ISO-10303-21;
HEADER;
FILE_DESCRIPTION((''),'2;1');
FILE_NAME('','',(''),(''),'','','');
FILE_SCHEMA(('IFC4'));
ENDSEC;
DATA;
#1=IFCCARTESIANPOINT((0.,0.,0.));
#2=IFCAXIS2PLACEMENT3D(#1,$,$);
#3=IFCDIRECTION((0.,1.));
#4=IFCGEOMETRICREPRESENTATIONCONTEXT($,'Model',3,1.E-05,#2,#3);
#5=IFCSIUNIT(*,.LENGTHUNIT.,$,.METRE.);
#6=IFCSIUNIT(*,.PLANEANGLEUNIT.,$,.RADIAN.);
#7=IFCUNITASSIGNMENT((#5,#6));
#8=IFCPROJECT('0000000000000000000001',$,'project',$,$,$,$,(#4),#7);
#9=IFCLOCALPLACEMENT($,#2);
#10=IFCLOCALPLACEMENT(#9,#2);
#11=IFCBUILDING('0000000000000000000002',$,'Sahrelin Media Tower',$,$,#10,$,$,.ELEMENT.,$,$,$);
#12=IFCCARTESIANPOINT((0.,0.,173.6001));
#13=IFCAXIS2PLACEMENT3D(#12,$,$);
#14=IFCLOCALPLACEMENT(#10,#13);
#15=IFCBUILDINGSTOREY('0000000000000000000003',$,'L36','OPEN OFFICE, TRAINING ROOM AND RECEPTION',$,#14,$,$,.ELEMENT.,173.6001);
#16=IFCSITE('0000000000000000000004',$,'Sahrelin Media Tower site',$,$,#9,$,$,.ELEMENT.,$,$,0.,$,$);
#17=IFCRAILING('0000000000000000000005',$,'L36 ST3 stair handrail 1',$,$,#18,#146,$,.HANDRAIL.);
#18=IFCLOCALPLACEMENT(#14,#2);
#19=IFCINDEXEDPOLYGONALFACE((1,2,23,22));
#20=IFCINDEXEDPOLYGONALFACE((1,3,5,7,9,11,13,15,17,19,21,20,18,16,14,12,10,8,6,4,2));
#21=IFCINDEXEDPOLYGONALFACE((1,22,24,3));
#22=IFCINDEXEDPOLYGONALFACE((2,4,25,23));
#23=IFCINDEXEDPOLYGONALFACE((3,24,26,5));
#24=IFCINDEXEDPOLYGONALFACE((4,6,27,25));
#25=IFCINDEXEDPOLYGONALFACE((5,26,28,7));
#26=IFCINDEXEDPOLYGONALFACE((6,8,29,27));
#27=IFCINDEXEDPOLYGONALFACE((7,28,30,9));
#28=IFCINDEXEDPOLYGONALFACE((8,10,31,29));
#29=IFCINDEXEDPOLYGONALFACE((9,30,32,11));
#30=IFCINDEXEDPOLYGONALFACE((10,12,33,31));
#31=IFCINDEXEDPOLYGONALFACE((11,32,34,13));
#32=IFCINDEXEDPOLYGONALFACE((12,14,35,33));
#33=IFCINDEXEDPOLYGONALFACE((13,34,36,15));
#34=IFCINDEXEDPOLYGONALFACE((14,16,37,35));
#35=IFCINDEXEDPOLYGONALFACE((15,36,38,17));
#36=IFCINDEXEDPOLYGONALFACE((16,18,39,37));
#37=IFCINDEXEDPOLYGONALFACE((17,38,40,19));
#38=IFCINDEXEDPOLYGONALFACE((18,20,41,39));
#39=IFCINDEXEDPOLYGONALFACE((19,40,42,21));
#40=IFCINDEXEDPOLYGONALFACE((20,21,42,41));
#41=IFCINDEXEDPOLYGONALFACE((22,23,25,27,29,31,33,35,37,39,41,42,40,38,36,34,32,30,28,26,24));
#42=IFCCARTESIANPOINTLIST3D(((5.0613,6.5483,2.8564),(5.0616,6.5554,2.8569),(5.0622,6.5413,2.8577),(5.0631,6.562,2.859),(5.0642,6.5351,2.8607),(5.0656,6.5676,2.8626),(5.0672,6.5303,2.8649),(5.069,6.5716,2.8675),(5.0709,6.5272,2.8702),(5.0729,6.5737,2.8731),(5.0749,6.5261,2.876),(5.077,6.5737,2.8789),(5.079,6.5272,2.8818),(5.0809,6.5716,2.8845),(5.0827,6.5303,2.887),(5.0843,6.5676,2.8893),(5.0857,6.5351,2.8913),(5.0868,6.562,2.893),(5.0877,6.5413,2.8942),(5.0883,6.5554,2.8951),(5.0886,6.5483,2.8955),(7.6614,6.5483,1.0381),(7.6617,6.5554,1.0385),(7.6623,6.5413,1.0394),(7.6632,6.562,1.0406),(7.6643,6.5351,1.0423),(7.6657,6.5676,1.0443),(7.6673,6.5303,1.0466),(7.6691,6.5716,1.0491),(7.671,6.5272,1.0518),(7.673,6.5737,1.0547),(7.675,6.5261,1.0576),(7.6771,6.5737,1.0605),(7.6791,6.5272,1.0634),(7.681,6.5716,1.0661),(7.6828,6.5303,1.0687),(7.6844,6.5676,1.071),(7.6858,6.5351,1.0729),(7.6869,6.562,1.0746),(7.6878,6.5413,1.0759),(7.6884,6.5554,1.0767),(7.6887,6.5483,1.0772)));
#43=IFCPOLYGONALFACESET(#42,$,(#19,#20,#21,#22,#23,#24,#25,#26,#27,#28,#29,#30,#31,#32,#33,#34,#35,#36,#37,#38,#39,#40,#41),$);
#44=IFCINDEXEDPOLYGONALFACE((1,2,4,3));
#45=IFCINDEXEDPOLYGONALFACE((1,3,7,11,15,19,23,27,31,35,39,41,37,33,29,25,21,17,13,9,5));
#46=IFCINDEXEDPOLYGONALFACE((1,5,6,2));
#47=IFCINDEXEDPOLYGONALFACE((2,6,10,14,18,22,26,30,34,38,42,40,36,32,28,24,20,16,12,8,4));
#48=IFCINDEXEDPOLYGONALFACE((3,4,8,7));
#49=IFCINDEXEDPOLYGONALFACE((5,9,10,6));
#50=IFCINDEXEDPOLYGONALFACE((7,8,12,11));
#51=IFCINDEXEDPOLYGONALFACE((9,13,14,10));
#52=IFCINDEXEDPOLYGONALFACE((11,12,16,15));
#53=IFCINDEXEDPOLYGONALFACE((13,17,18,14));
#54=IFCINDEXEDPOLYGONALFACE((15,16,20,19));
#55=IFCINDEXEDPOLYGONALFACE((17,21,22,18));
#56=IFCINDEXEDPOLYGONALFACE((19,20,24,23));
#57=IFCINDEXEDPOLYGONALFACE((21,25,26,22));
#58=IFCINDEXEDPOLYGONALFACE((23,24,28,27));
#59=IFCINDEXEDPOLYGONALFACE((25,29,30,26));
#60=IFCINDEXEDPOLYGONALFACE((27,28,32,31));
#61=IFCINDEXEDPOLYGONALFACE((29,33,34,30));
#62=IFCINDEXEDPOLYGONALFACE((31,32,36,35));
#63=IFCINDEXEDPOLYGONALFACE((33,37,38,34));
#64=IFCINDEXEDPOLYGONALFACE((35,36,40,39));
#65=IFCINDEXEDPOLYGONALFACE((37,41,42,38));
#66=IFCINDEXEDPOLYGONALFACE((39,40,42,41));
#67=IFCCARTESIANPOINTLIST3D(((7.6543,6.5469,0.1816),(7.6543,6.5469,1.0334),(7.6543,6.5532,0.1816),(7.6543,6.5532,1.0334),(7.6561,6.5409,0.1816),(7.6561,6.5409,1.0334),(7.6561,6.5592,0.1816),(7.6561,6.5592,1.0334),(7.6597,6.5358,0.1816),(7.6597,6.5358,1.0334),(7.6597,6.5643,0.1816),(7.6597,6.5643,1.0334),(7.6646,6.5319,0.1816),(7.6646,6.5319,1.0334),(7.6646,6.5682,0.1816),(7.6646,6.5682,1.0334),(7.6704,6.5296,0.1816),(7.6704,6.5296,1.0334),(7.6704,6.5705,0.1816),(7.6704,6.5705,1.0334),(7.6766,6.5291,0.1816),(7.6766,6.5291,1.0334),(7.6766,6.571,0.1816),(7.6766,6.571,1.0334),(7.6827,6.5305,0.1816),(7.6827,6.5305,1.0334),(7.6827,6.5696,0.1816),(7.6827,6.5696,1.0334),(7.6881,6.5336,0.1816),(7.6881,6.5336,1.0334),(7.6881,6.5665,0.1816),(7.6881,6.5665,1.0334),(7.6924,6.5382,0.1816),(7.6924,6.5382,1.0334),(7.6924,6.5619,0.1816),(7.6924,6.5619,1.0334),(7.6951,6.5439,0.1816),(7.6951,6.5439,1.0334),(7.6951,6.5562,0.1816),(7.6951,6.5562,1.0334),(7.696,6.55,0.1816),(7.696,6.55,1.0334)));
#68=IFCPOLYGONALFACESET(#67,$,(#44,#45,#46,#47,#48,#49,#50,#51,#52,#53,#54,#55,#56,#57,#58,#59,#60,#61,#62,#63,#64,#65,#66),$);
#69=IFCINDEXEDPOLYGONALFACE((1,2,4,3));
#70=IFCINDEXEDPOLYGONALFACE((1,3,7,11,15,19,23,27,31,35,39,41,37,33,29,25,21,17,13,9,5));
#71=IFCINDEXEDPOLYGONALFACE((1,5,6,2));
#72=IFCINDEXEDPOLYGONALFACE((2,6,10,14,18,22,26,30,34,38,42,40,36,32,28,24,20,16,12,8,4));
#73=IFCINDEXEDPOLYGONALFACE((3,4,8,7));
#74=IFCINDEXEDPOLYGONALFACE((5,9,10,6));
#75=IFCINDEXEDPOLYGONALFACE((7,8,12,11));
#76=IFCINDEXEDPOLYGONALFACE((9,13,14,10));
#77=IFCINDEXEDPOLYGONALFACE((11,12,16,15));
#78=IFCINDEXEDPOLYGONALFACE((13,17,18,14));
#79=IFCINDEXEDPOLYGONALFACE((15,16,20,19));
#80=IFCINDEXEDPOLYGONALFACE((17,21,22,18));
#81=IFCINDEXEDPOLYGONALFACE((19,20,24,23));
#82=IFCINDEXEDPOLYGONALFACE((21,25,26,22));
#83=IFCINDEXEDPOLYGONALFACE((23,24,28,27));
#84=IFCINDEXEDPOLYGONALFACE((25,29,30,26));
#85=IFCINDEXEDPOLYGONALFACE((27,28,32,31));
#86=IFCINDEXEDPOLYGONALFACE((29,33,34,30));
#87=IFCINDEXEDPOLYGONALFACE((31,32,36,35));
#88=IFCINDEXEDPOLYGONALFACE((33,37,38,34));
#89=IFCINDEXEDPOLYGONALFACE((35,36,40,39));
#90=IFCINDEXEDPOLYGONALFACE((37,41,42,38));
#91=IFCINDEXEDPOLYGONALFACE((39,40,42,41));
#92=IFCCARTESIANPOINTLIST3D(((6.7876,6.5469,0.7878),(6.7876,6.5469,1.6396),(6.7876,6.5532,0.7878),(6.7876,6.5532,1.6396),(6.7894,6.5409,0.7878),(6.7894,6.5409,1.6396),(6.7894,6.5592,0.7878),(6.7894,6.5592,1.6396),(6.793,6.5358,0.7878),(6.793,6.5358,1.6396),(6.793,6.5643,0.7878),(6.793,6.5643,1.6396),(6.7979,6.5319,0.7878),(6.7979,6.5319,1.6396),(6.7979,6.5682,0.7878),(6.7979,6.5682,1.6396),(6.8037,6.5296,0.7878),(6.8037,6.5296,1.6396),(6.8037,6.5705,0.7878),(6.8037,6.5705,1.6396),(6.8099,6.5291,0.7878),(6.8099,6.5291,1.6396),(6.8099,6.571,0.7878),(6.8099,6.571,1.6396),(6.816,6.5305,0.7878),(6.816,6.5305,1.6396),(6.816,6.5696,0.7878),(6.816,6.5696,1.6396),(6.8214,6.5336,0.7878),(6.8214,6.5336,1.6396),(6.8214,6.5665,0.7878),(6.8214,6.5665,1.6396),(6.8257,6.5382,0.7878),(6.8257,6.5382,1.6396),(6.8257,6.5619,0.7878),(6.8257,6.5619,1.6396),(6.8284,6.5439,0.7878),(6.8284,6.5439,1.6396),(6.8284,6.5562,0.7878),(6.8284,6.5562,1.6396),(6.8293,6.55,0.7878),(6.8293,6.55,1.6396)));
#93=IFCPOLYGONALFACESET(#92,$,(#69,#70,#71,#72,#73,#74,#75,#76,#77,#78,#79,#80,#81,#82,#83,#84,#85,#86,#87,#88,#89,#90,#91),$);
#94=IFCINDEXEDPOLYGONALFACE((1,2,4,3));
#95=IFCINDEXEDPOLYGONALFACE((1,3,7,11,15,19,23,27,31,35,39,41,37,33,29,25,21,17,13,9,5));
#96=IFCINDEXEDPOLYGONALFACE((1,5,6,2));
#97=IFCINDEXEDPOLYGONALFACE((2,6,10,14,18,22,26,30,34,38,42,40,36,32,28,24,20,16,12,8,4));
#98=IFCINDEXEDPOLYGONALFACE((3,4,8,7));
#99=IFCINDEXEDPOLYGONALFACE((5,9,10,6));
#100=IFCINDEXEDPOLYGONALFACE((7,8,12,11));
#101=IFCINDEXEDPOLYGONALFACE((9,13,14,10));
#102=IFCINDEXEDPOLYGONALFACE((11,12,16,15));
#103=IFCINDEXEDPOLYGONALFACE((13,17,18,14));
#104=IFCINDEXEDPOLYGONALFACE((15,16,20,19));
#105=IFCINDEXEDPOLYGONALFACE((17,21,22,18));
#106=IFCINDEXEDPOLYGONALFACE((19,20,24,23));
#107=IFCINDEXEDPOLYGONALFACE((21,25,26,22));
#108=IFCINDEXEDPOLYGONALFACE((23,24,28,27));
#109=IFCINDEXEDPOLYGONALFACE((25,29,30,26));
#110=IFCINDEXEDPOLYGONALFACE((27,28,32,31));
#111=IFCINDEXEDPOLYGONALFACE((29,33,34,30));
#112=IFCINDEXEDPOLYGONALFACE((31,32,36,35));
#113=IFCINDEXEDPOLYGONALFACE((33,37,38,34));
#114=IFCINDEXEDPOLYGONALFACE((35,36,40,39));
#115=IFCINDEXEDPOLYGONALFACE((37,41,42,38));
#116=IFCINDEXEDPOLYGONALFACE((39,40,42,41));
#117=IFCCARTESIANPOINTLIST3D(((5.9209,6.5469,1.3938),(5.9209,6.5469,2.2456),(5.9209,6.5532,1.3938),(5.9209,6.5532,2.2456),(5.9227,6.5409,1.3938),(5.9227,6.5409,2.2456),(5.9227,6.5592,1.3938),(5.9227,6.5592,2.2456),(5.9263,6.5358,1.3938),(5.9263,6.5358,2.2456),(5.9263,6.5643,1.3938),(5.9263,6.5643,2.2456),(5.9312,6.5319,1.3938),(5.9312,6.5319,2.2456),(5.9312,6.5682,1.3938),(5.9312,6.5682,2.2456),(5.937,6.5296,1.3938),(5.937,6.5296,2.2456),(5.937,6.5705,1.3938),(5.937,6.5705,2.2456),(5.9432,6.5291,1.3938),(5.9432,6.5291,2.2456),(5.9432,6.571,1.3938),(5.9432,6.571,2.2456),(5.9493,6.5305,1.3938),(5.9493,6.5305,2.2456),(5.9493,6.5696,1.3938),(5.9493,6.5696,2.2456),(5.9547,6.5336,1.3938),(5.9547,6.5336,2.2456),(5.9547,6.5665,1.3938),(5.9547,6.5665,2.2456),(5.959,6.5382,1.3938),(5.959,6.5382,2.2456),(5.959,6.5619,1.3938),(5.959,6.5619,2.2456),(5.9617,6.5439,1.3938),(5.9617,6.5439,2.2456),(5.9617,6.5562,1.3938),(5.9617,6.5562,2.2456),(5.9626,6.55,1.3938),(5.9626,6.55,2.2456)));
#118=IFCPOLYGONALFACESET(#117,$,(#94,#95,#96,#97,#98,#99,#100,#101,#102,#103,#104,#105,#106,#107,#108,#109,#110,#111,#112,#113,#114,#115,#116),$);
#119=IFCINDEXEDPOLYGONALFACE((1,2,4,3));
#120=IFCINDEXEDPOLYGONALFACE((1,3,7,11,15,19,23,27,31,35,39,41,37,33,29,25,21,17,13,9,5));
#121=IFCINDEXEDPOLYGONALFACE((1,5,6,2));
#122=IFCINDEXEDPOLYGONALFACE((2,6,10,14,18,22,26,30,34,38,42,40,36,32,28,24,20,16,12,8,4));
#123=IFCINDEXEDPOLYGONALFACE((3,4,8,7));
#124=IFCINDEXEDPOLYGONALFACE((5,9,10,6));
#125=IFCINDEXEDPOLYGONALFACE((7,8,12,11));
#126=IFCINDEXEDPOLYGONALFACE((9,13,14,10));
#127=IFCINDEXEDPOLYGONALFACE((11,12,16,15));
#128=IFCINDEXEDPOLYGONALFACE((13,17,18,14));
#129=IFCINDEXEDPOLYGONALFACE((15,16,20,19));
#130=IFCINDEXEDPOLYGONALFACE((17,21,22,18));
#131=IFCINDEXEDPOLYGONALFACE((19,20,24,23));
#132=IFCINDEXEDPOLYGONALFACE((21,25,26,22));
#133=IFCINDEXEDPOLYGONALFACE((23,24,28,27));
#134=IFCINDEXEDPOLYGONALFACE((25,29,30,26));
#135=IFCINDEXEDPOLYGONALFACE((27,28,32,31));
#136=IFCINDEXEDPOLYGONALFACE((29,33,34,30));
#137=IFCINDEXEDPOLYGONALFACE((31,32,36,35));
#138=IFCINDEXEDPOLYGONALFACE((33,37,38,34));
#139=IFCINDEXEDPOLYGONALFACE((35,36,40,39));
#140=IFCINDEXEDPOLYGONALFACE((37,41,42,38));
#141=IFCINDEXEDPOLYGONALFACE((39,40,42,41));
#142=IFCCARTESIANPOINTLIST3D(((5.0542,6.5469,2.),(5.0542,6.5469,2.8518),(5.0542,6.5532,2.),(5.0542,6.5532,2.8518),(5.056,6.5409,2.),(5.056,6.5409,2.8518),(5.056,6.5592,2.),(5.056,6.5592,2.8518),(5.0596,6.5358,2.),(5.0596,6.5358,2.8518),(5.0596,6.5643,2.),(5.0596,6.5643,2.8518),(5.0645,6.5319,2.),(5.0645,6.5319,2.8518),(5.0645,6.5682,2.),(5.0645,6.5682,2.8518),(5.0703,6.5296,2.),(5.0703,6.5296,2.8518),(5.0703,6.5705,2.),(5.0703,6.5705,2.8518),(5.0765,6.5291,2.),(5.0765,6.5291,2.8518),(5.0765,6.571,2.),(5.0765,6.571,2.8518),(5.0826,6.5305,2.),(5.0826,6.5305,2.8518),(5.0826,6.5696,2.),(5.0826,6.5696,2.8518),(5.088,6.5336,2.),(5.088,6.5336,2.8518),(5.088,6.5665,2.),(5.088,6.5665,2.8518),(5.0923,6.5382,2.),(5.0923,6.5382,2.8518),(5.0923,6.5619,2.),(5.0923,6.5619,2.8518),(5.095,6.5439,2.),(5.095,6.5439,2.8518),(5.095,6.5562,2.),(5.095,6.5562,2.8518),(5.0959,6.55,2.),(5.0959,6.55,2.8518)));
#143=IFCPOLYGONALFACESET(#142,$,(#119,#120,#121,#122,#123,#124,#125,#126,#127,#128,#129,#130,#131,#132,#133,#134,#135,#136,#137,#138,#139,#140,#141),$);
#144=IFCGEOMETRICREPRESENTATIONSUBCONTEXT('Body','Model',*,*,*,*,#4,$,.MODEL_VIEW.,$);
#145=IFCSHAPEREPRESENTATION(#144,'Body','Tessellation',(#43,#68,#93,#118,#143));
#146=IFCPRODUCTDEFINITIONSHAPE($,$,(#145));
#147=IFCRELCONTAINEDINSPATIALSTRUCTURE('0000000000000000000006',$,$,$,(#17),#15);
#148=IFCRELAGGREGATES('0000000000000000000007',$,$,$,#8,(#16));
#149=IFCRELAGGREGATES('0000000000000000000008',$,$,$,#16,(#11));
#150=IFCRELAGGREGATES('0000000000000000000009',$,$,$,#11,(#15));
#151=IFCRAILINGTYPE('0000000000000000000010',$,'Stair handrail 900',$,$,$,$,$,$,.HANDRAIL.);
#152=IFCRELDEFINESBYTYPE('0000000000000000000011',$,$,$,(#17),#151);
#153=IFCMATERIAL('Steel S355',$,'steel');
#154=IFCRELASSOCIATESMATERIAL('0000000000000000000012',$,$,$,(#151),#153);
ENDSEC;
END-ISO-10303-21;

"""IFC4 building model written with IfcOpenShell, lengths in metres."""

from ifc_helpers import new_model, si_unit, direction, frame, origin, origin_2d, place, context, subcontext, project, spatial, circle, extrude, material, type_object, element, save


model = new_model("IFC4")

# Units and contexts
model_context = context("Model", 3, precision=1e-05, world=origin(), true_north=direction((0.0, 1.0)))
body_context = subcontext(model_context, "Body", "Model", "MODEL_VIEW")
ifc_project = project(units=[si_unit("LENGTHUNIT", "METRE"), si_unit("PLANEANGLEUNIT", "RADIAN")], contexts=[model_context])

# Site, building, storey
site_placement = place(None, origin())
site = spatial("IfcSite", under=ifc_project, at=site_placement, Name="Sahrelin Media Tower site", CompositionType="ELEMENT", RefElevation=0.0)
building_placement = place(site_placement, origin())
building = spatial("IfcBuilding", under=site, at=building_placement, Name="Sahrelin Media Tower", CompositionType="ELEMENT")
storey_placement = place(building_placement, frame((0.0, 0.0, 173.6001)))
storey = spatial("IfcBuildingStorey", under=building, at=storey_placement, Name="L36", Description="OPEN OFFICE, TRAINING ROOM AND RECEPTION", CompositionType="ELEMENT", Elevation=173.6001)

# Shared definitions
ifc_material_1 = material(Name="Steel S355", Category="steel")

# Railing
railing_type_1 = type_object("IfcRailingType", Name="Stair handrail 900", PredefinedType="HANDRAIL", material=ifc_material_1)
railing_1_placement = place(storey_placement, frame((7.675, 6.55, 0.1816)))
element("IfcRailing", 1, at=railing_1_placement, inside=storey, type_object=railing_type_1, Name="L36 ST3 stair handrail 1", PredefinedType="HANDRAIL", context=body_context, shape_type="SweptSolid", body=[
    extrude(circle(Radius=0.0239, at=origin_2d()), frame((0.0, 0.0, 0.876), z_axis=(-0.819485, 0.0, 0.573101), x_axis=(0.0, -1.0, 0.0)), (0.0, 0.0, 1.0), 3.1729),
    extrude(circle(Radius=0.021, at=origin_2d()), origin(), (0.0, 0.0, 1.0), 0.8518),
    extrude(circle(Radius=0.021, at=origin_2d()), frame((-0.8667, 0.0, 0.6062)), (0.0, 0.0, 1.0), 0.8518),
    extrude(circle(Radius=0.021, at=origin_2d()), frame((-1.7334, 0.0, 1.2122)), (0.0, 0.0, 1.0), 0.8518),
    extrude(circle(Radius=0.021, at=origin_2d()), frame((-2.6001, 0.0, 1.8184)), (0.0, 0.0, 1.0), 0.8518),
])

save(model, "model.ifc")
